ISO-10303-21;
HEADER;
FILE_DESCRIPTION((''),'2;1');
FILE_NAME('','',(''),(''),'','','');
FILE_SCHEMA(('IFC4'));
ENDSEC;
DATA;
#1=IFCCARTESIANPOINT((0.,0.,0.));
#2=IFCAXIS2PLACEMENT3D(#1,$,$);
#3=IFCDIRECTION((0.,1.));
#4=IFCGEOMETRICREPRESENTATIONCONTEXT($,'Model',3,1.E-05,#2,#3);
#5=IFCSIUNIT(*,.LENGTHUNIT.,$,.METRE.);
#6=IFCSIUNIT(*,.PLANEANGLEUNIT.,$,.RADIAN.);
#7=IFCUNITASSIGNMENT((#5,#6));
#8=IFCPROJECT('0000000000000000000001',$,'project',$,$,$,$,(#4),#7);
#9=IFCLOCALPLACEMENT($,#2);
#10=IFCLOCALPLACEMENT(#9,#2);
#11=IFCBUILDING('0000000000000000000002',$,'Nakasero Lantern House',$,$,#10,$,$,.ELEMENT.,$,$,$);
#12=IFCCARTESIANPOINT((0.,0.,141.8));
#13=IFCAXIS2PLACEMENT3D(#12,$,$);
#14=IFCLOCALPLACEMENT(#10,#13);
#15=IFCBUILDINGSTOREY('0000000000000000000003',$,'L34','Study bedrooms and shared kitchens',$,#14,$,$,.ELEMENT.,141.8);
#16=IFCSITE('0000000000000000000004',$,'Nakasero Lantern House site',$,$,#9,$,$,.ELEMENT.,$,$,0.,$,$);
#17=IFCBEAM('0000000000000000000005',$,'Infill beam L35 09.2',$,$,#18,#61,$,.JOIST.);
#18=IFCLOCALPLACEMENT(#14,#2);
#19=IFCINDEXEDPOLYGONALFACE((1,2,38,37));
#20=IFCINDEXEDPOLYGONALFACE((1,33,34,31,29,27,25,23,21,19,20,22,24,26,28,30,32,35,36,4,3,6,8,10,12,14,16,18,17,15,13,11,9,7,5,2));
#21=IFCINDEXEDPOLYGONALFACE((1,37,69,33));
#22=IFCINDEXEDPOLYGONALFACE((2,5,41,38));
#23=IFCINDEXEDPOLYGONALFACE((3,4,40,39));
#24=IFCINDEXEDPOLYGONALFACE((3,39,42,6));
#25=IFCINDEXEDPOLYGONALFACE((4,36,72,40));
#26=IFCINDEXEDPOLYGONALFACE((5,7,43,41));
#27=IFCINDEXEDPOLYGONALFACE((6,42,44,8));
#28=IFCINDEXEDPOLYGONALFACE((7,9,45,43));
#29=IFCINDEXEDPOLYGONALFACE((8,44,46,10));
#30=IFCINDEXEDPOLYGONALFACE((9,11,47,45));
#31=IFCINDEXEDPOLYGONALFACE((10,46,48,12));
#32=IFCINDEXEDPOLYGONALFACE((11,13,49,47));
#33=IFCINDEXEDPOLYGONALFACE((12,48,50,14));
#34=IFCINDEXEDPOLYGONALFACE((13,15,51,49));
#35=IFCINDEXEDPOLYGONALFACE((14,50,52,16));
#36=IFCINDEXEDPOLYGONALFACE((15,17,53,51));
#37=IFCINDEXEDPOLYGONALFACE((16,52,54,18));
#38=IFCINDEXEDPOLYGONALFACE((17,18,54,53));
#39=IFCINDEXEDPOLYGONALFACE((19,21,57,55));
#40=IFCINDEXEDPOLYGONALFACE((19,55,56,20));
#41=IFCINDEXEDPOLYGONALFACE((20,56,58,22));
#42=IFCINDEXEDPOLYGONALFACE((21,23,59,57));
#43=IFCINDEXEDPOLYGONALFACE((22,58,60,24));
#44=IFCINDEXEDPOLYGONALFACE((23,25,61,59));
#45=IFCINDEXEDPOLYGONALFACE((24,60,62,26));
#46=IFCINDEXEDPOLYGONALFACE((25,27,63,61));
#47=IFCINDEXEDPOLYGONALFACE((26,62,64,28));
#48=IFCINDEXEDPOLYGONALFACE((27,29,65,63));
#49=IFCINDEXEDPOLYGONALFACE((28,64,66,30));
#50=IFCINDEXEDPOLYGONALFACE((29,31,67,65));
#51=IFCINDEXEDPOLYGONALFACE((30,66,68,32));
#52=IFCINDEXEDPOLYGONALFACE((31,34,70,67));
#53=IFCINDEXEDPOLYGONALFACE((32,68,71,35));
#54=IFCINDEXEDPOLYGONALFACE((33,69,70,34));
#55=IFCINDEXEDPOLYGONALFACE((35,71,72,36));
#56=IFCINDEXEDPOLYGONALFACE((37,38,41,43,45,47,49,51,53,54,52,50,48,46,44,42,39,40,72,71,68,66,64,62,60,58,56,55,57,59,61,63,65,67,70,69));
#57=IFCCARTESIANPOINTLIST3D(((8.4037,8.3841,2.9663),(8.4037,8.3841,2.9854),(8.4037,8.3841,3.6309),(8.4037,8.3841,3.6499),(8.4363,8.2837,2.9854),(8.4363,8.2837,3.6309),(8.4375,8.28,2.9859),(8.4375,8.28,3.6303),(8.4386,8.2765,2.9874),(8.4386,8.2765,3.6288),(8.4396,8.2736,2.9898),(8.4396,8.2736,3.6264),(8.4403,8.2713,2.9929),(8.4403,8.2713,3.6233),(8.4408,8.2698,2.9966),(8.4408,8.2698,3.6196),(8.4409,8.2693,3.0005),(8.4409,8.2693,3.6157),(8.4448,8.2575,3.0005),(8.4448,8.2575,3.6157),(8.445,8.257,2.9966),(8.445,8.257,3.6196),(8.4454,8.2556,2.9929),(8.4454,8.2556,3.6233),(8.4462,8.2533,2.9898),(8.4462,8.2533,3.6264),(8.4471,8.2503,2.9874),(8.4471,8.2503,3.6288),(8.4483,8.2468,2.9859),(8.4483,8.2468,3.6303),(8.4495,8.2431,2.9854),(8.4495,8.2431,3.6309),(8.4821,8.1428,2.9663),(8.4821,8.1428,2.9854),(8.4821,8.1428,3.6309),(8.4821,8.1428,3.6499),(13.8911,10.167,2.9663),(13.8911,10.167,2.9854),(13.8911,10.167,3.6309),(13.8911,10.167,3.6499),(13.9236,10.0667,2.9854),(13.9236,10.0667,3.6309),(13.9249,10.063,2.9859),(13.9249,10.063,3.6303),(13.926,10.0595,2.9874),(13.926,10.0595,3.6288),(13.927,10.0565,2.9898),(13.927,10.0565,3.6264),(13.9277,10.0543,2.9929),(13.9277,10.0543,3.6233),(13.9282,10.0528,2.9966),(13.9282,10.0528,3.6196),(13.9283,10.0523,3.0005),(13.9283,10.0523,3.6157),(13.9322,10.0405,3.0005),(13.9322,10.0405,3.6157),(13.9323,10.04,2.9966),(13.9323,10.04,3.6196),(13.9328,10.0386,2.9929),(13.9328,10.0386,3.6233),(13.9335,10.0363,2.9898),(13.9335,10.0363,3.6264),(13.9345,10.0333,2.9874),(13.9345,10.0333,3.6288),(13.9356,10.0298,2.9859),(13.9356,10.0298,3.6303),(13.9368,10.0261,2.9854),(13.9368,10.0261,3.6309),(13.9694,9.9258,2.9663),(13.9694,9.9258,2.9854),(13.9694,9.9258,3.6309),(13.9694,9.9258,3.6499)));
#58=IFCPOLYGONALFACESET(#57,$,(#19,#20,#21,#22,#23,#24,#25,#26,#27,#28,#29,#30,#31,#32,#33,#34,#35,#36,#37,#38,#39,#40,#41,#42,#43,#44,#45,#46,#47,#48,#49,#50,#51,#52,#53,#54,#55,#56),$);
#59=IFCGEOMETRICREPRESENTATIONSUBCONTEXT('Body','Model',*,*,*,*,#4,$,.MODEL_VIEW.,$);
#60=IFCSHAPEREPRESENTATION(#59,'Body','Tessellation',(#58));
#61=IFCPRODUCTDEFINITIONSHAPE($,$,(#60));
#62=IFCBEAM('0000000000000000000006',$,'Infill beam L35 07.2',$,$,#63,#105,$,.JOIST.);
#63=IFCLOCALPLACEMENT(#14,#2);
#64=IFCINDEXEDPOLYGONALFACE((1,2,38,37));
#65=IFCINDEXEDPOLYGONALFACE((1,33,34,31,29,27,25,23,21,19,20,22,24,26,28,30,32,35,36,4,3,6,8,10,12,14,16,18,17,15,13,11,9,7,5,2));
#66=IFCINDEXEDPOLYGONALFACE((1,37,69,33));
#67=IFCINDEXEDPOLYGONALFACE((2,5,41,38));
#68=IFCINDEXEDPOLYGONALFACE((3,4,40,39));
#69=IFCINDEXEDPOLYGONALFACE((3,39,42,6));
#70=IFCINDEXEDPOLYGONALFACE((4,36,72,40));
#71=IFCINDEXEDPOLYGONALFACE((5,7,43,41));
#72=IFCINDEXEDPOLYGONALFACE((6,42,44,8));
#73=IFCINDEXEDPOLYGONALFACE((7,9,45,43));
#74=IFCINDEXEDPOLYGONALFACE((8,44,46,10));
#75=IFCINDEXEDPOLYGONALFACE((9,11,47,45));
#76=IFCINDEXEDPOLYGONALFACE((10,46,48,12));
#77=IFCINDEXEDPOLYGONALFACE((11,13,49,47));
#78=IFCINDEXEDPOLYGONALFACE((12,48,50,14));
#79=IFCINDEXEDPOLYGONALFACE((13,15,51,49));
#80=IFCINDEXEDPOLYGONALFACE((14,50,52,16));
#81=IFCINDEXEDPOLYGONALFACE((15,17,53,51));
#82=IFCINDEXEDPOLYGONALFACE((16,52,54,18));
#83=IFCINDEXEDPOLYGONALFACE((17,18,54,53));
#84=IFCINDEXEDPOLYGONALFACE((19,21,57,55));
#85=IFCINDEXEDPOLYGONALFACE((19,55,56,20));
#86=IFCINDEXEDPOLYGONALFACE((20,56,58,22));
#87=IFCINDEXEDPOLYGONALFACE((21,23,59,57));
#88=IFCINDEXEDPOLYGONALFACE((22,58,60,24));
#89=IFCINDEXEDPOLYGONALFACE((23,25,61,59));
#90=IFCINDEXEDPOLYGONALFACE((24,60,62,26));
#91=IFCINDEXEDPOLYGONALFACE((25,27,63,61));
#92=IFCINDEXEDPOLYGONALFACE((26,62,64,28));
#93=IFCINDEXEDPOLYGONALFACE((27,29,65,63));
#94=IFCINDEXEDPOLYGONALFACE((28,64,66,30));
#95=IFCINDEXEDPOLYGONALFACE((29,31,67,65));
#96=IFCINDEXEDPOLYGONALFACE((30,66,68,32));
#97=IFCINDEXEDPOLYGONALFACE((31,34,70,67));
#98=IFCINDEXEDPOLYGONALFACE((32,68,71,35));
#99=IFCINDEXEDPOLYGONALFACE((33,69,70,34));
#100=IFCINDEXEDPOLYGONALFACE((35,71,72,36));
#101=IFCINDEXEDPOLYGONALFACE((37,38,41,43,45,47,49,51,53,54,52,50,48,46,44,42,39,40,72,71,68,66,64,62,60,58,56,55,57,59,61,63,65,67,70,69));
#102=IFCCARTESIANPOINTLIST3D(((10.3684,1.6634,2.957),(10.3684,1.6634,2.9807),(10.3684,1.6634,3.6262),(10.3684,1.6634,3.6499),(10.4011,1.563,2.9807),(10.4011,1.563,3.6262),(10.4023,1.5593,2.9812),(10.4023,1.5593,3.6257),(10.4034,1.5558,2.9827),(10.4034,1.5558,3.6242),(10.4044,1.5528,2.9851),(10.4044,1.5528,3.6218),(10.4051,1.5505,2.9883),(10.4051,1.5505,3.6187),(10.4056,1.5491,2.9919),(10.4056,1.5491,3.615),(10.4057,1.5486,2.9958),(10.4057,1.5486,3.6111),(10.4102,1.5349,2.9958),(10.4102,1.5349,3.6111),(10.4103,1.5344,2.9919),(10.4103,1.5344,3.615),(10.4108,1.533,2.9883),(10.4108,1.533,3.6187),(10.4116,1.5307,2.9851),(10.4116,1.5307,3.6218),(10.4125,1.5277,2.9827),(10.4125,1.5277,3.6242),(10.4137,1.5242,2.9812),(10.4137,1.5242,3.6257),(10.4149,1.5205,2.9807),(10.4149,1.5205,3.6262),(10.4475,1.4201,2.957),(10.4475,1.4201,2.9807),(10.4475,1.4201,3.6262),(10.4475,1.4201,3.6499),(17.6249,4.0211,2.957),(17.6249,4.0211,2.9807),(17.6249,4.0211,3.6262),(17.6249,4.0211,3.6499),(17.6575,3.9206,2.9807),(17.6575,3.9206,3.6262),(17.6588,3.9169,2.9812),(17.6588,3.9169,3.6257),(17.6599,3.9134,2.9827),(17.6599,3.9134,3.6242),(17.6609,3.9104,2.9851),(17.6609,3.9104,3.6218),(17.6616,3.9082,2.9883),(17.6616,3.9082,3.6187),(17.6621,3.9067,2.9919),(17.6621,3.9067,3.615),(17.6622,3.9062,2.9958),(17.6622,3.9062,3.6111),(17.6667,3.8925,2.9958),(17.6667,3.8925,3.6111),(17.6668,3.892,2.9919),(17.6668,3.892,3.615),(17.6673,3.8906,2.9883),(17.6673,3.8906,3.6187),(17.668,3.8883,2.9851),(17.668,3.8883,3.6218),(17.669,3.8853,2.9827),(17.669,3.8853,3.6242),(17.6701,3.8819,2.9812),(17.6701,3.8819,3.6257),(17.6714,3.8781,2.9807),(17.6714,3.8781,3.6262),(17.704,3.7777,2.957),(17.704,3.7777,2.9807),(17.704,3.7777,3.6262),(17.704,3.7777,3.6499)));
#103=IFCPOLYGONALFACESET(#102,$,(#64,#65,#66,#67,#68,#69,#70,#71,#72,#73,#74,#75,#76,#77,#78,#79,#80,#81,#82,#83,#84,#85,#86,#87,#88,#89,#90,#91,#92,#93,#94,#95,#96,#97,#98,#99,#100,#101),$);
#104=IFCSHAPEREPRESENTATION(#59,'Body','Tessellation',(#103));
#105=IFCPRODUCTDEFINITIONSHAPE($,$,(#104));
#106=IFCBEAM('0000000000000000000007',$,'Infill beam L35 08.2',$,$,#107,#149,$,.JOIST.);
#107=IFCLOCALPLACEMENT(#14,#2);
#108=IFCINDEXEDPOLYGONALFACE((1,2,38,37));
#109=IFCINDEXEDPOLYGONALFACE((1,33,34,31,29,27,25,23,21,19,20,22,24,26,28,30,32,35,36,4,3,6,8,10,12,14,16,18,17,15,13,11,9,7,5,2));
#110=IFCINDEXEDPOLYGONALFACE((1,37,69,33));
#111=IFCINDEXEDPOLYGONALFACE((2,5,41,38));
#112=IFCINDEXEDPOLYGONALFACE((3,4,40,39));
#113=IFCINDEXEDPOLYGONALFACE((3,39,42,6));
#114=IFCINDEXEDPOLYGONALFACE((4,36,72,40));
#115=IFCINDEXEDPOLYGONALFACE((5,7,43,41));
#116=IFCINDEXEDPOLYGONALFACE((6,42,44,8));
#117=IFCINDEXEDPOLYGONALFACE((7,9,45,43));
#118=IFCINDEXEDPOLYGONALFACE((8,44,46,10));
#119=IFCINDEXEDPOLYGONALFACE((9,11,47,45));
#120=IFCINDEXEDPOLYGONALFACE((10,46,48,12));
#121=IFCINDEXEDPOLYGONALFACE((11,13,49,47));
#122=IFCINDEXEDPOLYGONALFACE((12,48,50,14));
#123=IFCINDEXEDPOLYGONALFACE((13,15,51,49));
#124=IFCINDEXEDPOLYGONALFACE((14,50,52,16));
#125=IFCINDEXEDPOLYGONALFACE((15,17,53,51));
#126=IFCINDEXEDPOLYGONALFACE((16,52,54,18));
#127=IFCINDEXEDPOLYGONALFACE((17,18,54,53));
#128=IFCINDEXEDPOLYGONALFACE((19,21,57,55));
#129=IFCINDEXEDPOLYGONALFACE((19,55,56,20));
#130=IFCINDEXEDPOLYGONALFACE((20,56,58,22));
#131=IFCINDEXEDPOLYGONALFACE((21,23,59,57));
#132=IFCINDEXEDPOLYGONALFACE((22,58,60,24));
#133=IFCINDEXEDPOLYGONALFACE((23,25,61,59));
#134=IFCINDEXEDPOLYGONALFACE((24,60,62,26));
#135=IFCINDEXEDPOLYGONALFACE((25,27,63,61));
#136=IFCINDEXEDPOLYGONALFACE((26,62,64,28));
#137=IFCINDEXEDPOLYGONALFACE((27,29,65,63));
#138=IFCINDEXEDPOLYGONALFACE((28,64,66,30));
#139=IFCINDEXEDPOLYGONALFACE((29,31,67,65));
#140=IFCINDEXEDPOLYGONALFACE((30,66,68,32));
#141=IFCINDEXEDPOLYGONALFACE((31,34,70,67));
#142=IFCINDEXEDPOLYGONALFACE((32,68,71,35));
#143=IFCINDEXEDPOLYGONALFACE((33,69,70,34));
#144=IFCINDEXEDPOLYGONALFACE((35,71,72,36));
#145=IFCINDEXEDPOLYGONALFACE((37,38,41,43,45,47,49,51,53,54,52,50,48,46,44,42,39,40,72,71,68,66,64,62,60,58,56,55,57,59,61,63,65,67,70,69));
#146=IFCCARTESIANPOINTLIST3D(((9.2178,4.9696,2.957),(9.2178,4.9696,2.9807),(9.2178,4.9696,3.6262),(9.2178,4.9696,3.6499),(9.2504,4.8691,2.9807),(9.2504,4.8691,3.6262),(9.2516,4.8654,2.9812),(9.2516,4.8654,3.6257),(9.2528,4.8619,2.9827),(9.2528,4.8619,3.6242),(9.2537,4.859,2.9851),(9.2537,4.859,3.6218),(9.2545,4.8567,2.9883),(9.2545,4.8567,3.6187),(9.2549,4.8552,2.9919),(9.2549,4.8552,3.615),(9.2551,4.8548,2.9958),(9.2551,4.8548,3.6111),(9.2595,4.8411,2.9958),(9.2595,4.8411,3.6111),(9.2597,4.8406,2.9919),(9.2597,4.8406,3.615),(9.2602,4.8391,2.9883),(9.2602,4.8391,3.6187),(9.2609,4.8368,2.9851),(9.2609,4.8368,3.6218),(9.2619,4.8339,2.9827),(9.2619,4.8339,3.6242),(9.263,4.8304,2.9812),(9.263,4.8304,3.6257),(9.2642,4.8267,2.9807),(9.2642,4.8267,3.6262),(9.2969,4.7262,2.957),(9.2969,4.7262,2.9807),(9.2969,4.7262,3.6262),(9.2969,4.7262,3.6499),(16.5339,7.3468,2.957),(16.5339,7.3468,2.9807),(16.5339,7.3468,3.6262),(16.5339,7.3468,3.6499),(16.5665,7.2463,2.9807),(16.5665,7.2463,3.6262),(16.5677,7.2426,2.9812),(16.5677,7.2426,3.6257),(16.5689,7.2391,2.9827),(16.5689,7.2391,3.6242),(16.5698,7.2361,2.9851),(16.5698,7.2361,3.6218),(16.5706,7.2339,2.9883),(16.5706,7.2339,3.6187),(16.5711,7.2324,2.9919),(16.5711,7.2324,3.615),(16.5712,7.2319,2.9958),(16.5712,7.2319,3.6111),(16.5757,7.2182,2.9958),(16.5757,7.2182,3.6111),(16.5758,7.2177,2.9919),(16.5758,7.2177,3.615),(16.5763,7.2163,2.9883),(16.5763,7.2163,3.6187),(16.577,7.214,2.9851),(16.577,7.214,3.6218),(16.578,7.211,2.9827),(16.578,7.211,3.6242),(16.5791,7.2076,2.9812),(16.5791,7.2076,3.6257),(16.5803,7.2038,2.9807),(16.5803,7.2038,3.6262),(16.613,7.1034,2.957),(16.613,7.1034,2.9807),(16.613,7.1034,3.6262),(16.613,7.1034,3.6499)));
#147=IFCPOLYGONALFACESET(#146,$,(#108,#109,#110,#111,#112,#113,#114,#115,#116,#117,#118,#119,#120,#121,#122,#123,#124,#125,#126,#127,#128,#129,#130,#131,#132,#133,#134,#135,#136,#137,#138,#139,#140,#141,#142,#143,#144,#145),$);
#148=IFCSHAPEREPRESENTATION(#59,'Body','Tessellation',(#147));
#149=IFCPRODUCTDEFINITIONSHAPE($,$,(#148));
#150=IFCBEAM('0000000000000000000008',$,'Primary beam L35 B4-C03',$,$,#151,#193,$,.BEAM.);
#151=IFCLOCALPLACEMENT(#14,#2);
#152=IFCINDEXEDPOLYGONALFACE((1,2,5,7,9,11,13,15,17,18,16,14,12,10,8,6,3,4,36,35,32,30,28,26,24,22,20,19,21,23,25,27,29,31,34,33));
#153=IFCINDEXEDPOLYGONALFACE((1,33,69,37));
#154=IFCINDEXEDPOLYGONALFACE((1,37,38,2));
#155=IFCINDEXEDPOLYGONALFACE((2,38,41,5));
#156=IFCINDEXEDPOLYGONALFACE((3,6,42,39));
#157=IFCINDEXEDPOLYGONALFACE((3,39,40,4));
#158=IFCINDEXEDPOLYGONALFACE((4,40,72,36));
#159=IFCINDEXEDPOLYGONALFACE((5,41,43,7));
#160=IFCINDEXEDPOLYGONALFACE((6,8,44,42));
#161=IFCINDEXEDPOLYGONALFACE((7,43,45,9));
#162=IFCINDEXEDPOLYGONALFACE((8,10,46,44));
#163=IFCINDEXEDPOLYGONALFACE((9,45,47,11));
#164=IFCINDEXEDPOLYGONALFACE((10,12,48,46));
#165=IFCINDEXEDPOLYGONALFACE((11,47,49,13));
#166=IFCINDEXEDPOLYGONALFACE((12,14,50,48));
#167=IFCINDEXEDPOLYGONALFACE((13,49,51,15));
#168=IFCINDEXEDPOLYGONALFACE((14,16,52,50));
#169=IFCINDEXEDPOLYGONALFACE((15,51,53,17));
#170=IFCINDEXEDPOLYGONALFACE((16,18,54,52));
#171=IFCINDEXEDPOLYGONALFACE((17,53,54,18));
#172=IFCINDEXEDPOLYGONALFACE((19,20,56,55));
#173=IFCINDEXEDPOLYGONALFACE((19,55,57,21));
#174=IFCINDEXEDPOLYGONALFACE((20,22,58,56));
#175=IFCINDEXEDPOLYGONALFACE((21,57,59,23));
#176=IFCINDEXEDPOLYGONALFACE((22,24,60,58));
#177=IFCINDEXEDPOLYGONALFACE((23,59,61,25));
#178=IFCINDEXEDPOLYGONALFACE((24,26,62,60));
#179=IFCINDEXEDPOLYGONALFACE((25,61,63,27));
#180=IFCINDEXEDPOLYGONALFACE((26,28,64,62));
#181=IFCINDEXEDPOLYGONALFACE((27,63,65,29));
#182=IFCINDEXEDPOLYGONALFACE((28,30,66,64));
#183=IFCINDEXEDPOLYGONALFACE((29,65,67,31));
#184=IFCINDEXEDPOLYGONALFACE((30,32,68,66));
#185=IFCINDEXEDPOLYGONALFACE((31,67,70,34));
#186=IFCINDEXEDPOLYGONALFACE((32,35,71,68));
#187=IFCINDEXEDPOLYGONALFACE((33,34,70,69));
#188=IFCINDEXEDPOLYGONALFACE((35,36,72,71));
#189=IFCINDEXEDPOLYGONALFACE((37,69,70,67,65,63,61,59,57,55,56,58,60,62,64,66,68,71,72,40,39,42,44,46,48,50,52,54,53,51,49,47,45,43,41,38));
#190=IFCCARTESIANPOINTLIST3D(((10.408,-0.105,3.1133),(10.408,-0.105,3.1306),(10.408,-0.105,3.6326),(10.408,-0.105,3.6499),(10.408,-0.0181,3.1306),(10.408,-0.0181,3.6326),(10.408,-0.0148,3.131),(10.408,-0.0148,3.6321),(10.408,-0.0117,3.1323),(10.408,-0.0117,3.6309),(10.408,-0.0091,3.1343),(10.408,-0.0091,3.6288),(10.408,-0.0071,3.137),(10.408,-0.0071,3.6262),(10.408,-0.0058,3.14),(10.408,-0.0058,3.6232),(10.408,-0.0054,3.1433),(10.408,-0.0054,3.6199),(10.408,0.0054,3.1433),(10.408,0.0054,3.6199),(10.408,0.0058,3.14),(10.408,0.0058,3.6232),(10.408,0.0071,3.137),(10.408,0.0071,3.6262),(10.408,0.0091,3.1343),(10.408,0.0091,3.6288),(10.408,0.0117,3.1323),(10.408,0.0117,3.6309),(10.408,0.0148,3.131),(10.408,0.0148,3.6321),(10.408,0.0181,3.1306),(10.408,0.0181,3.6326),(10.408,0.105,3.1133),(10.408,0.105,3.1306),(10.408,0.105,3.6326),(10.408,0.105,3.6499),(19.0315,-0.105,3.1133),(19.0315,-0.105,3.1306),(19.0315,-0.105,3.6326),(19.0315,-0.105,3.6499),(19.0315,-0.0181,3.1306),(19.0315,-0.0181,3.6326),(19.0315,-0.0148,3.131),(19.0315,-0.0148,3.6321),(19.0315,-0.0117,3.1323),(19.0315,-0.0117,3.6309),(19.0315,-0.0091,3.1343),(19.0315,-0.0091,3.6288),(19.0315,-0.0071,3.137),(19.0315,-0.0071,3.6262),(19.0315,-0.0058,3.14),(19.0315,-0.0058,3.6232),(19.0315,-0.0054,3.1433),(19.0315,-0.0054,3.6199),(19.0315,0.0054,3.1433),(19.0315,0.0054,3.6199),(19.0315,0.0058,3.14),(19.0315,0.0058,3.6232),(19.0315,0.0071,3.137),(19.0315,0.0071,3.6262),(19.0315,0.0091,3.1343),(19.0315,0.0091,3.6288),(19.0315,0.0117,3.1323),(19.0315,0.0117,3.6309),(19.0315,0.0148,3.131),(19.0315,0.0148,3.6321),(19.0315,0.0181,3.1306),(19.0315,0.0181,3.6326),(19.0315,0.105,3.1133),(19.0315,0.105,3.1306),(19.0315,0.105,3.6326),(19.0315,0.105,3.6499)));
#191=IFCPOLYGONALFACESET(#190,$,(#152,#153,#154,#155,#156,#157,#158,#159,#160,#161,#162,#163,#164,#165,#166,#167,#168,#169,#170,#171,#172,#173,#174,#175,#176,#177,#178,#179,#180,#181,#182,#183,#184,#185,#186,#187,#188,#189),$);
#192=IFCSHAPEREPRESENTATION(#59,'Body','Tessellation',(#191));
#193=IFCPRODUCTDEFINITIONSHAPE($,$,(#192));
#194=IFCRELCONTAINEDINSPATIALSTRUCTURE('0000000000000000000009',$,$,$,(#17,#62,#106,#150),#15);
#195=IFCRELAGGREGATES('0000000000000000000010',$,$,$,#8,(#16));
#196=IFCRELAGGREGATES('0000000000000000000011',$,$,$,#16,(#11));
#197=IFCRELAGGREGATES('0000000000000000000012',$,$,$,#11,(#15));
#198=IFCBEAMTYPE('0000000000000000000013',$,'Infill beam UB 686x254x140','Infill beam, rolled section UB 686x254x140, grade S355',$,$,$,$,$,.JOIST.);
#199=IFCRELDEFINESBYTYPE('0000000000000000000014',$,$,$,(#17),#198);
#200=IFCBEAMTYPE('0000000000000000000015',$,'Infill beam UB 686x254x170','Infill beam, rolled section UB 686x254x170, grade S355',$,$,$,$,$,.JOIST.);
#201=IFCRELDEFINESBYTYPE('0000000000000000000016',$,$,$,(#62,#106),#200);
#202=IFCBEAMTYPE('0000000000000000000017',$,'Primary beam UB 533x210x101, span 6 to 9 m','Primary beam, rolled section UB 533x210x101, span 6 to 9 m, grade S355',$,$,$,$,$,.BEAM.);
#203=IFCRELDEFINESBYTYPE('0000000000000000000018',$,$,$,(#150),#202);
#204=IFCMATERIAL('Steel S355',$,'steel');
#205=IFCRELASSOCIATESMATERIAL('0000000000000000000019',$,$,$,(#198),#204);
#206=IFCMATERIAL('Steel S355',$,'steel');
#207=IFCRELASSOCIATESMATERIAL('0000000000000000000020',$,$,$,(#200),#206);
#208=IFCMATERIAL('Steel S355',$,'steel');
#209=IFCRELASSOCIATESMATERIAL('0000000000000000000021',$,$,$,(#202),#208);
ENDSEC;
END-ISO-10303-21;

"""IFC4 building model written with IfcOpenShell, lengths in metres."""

from ifc_helpers import new_model, si_unit, direction, frame, origin, origin_2d, place, context, subcontext, project, spatial, i_section, extrude, material, material_profile, profile_set, type_object, element, save


model = new_model("IFC4")

# Units and contexts
model_context = context("Model", 3, precision=1e-05, world=origin(), true_north=direction((0.0, 1.0)))
body_context = subcontext(model_context, "Body", "Model", "MODEL_VIEW")
ifc_project = project(units=[si_unit("LENGTHUNIT", "METRE"), si_unit("PLANEANGLEUNIT", "RADIAN")], contexts=[model_context])

# Site, building, storey
site_placement = place(None, origin())
site = spatial("IfcSite", under=ifc_project, at=site_placement, Name="Nakasero Lantern House site", CompositionType="ELEMENT", RefElevation=0.0)
building_placement = place(site_placement, origin())
building = spatial("IfcBuilding", under=site, at=building_placement, Name="Nakasero Lantern House", CompositionType="ELEMENT")
storey_placement = place(building_placement, frame((0.0, 0.0, 141.8)))
storey = spatial("IfcBuildingStorey", under=building, at=storey_placement, Name="L34", Description="Study bedrooms and shared kitchens", CompositionType="ELEMENT", Elevation=141.8)

# Beams
ifc_material_1 = material(Name="Steel S355", Category="steel")
ifc_material_profile_1 = material_profile(ifc_material_1, i_section(OverallWidth=0.2537, OverallDepth=0.6836, WebThickness=0.0125, FlangeThickness=0.019, FilletRadius=0.0151, at=origin_2d()), Name="UB 686x254x140")
ifc_profile_set_1 = profile_set([ifc_material_profile_1], Name="Steel S355")
beam_type_1 = type_object("IfcBeamType", Name="Infill beam UB 686x254x140", Description="Infill beam, rolled section UB 686x254x140, grade S355", PredefinedType="JOIST", material=ifc_profile_set_1)
beam_1_placement = place(storey_placement, frame((8.4429, 8.2634, 3.3081), z_axis=(0.951055, 0.309021, 0.0), x_axis=(-0.309021, 0.951055, 0.0)))
element("IfcBeam", 1, at=beam_1_placement, inside=storey, type_object=beam_type_1, Name="Infill beam L35 09.2", PredefinedType="JOIST", context=body_context, shape_type="SweptSolid", body=[
    extrude(i_section(OverallWidth=0.2537, OverallDepth=0.6836, WebThickness=0.0125, FlangeThickness=0.019, FilletRadius=0.0151, at=origin_2d()), origin(), (0.0, 0.0, 1.0), 5.7698),
])
ifc_material_2 = material(Name="Steel S355", Category="steel")
ifc_material_profile_2 = material_profile(ifc_material_2, i_section(OverallWidth=0.2559, OverallDepth=0.6929, WebThickness=0.0144, FlangeThickness=0.0237, FilletRadius=0.0151, at=origin_2d()), Name="UB 686x254x170")
ifc_profile_set_2 = profile_set([ifc_material_profile_2], Name="Steel S355")
beam_type_2 = type_object("IfcBeamType", Name="Infill beam UB 686x254x170", Description="Infill beam, rolled section UB 686x254x170, grade S355", PredefinedType="JOIST", material=ifc_profile_set_2)
beam_2_placement = place(storey_placement, frame((10.408, 1.5417, 3.3035), z_axis=(0.951062, 0.309, 0.0), x_axis=(-0.309, 0.951062, 0.0)))
element("IfcBeam", 2, at=beam_2_placement, inside=storey, type_object=beam_type_2, Name="Infill beam L35 07.2", PredefinedType="JOIST", context=body_context, shape_type="SweptSolid", body=[
    extrude(i_section(OverallWidth=0.2559, OverallDepth=0.6929, WebThickness=0.0144, FlangeThickness=0.0237, FilletRadius=0.0151, at=origin_2d()), origin(), (0.0, 0.0, 1.0), 7.6299),
])
beam_3_placement = place(storey_placement, frame((9.2573, 4.8479, 3.3035), z_axis=(0.951055, 0.309021, 0.0), x_axis=(-0.309021, 0.951055, 0.0)))
element("IfcBeam", 3, at=beam_3_placement, inside=storey, type_object=beam_type_2, Name="Infill beam L35 08.2", PredefinedType="JOIST", context=body_context, shape_type="SweptSolid", body=[
    extrude(i_section(OverallWidth=0.2559, OverallDepth=0.6929, WebThickness=0.0144, FlangeThickness=0.0237, FilletRadius=0.0151, at=origin_2d()), origin(), (0.0, 0.0, 1.0), 7.6926),
])
ifc_material_3 = material(Name="Steel S355", Category="steel")
ifc_material_profile_3 = material_profile(ifc_material_3, i_section(OverallWidth=0.21, OverallDepth=0.5366, WebThickness=0.0107, FlangeThickness=0.0173, FilletRadius=0.0127, at=origin_2d()), Name="UB 533x210x101")
ifc_profile_set_3 = profile_set([ifc_material_profile_3], Name="Steel S355")
beam_type_3 = type_object("IfcBeamType", Name="Primary beam UB 533x210x101, span 6 to 9 m", Description="Primary beam, rolled section UB 533x210x101, span 6 to 9 m, grade S355", PredefinedType="BEAM", material=ifc_profile_set_3)
beam_4_placement = place(storey_placement, frame((19.0315, 0.0, 3.3816), z_axis=(-1.0, 0.0, 0.0), x_axis=(0.0, -1.0, 0.0)))
element("IfcBeam", 4, at=beam_4_placement, inside=storey, type_object=beam_type_3, Name="Primary beam L35 B4-C03", PredefinedType="BEAM", context=body_context, shape_type="SweptSolid", body=[
    extrude(i_section(OverallWidth=0.21, OverallDepth=0.5366, WebThickness=0.0107, FlangeThickness=0.0173, FilletRadius=0.0127, at=origin_2d()), origin(), (0.0, 0.0, 1.0), 8.6235),
])

save(model, "model.ifc")
